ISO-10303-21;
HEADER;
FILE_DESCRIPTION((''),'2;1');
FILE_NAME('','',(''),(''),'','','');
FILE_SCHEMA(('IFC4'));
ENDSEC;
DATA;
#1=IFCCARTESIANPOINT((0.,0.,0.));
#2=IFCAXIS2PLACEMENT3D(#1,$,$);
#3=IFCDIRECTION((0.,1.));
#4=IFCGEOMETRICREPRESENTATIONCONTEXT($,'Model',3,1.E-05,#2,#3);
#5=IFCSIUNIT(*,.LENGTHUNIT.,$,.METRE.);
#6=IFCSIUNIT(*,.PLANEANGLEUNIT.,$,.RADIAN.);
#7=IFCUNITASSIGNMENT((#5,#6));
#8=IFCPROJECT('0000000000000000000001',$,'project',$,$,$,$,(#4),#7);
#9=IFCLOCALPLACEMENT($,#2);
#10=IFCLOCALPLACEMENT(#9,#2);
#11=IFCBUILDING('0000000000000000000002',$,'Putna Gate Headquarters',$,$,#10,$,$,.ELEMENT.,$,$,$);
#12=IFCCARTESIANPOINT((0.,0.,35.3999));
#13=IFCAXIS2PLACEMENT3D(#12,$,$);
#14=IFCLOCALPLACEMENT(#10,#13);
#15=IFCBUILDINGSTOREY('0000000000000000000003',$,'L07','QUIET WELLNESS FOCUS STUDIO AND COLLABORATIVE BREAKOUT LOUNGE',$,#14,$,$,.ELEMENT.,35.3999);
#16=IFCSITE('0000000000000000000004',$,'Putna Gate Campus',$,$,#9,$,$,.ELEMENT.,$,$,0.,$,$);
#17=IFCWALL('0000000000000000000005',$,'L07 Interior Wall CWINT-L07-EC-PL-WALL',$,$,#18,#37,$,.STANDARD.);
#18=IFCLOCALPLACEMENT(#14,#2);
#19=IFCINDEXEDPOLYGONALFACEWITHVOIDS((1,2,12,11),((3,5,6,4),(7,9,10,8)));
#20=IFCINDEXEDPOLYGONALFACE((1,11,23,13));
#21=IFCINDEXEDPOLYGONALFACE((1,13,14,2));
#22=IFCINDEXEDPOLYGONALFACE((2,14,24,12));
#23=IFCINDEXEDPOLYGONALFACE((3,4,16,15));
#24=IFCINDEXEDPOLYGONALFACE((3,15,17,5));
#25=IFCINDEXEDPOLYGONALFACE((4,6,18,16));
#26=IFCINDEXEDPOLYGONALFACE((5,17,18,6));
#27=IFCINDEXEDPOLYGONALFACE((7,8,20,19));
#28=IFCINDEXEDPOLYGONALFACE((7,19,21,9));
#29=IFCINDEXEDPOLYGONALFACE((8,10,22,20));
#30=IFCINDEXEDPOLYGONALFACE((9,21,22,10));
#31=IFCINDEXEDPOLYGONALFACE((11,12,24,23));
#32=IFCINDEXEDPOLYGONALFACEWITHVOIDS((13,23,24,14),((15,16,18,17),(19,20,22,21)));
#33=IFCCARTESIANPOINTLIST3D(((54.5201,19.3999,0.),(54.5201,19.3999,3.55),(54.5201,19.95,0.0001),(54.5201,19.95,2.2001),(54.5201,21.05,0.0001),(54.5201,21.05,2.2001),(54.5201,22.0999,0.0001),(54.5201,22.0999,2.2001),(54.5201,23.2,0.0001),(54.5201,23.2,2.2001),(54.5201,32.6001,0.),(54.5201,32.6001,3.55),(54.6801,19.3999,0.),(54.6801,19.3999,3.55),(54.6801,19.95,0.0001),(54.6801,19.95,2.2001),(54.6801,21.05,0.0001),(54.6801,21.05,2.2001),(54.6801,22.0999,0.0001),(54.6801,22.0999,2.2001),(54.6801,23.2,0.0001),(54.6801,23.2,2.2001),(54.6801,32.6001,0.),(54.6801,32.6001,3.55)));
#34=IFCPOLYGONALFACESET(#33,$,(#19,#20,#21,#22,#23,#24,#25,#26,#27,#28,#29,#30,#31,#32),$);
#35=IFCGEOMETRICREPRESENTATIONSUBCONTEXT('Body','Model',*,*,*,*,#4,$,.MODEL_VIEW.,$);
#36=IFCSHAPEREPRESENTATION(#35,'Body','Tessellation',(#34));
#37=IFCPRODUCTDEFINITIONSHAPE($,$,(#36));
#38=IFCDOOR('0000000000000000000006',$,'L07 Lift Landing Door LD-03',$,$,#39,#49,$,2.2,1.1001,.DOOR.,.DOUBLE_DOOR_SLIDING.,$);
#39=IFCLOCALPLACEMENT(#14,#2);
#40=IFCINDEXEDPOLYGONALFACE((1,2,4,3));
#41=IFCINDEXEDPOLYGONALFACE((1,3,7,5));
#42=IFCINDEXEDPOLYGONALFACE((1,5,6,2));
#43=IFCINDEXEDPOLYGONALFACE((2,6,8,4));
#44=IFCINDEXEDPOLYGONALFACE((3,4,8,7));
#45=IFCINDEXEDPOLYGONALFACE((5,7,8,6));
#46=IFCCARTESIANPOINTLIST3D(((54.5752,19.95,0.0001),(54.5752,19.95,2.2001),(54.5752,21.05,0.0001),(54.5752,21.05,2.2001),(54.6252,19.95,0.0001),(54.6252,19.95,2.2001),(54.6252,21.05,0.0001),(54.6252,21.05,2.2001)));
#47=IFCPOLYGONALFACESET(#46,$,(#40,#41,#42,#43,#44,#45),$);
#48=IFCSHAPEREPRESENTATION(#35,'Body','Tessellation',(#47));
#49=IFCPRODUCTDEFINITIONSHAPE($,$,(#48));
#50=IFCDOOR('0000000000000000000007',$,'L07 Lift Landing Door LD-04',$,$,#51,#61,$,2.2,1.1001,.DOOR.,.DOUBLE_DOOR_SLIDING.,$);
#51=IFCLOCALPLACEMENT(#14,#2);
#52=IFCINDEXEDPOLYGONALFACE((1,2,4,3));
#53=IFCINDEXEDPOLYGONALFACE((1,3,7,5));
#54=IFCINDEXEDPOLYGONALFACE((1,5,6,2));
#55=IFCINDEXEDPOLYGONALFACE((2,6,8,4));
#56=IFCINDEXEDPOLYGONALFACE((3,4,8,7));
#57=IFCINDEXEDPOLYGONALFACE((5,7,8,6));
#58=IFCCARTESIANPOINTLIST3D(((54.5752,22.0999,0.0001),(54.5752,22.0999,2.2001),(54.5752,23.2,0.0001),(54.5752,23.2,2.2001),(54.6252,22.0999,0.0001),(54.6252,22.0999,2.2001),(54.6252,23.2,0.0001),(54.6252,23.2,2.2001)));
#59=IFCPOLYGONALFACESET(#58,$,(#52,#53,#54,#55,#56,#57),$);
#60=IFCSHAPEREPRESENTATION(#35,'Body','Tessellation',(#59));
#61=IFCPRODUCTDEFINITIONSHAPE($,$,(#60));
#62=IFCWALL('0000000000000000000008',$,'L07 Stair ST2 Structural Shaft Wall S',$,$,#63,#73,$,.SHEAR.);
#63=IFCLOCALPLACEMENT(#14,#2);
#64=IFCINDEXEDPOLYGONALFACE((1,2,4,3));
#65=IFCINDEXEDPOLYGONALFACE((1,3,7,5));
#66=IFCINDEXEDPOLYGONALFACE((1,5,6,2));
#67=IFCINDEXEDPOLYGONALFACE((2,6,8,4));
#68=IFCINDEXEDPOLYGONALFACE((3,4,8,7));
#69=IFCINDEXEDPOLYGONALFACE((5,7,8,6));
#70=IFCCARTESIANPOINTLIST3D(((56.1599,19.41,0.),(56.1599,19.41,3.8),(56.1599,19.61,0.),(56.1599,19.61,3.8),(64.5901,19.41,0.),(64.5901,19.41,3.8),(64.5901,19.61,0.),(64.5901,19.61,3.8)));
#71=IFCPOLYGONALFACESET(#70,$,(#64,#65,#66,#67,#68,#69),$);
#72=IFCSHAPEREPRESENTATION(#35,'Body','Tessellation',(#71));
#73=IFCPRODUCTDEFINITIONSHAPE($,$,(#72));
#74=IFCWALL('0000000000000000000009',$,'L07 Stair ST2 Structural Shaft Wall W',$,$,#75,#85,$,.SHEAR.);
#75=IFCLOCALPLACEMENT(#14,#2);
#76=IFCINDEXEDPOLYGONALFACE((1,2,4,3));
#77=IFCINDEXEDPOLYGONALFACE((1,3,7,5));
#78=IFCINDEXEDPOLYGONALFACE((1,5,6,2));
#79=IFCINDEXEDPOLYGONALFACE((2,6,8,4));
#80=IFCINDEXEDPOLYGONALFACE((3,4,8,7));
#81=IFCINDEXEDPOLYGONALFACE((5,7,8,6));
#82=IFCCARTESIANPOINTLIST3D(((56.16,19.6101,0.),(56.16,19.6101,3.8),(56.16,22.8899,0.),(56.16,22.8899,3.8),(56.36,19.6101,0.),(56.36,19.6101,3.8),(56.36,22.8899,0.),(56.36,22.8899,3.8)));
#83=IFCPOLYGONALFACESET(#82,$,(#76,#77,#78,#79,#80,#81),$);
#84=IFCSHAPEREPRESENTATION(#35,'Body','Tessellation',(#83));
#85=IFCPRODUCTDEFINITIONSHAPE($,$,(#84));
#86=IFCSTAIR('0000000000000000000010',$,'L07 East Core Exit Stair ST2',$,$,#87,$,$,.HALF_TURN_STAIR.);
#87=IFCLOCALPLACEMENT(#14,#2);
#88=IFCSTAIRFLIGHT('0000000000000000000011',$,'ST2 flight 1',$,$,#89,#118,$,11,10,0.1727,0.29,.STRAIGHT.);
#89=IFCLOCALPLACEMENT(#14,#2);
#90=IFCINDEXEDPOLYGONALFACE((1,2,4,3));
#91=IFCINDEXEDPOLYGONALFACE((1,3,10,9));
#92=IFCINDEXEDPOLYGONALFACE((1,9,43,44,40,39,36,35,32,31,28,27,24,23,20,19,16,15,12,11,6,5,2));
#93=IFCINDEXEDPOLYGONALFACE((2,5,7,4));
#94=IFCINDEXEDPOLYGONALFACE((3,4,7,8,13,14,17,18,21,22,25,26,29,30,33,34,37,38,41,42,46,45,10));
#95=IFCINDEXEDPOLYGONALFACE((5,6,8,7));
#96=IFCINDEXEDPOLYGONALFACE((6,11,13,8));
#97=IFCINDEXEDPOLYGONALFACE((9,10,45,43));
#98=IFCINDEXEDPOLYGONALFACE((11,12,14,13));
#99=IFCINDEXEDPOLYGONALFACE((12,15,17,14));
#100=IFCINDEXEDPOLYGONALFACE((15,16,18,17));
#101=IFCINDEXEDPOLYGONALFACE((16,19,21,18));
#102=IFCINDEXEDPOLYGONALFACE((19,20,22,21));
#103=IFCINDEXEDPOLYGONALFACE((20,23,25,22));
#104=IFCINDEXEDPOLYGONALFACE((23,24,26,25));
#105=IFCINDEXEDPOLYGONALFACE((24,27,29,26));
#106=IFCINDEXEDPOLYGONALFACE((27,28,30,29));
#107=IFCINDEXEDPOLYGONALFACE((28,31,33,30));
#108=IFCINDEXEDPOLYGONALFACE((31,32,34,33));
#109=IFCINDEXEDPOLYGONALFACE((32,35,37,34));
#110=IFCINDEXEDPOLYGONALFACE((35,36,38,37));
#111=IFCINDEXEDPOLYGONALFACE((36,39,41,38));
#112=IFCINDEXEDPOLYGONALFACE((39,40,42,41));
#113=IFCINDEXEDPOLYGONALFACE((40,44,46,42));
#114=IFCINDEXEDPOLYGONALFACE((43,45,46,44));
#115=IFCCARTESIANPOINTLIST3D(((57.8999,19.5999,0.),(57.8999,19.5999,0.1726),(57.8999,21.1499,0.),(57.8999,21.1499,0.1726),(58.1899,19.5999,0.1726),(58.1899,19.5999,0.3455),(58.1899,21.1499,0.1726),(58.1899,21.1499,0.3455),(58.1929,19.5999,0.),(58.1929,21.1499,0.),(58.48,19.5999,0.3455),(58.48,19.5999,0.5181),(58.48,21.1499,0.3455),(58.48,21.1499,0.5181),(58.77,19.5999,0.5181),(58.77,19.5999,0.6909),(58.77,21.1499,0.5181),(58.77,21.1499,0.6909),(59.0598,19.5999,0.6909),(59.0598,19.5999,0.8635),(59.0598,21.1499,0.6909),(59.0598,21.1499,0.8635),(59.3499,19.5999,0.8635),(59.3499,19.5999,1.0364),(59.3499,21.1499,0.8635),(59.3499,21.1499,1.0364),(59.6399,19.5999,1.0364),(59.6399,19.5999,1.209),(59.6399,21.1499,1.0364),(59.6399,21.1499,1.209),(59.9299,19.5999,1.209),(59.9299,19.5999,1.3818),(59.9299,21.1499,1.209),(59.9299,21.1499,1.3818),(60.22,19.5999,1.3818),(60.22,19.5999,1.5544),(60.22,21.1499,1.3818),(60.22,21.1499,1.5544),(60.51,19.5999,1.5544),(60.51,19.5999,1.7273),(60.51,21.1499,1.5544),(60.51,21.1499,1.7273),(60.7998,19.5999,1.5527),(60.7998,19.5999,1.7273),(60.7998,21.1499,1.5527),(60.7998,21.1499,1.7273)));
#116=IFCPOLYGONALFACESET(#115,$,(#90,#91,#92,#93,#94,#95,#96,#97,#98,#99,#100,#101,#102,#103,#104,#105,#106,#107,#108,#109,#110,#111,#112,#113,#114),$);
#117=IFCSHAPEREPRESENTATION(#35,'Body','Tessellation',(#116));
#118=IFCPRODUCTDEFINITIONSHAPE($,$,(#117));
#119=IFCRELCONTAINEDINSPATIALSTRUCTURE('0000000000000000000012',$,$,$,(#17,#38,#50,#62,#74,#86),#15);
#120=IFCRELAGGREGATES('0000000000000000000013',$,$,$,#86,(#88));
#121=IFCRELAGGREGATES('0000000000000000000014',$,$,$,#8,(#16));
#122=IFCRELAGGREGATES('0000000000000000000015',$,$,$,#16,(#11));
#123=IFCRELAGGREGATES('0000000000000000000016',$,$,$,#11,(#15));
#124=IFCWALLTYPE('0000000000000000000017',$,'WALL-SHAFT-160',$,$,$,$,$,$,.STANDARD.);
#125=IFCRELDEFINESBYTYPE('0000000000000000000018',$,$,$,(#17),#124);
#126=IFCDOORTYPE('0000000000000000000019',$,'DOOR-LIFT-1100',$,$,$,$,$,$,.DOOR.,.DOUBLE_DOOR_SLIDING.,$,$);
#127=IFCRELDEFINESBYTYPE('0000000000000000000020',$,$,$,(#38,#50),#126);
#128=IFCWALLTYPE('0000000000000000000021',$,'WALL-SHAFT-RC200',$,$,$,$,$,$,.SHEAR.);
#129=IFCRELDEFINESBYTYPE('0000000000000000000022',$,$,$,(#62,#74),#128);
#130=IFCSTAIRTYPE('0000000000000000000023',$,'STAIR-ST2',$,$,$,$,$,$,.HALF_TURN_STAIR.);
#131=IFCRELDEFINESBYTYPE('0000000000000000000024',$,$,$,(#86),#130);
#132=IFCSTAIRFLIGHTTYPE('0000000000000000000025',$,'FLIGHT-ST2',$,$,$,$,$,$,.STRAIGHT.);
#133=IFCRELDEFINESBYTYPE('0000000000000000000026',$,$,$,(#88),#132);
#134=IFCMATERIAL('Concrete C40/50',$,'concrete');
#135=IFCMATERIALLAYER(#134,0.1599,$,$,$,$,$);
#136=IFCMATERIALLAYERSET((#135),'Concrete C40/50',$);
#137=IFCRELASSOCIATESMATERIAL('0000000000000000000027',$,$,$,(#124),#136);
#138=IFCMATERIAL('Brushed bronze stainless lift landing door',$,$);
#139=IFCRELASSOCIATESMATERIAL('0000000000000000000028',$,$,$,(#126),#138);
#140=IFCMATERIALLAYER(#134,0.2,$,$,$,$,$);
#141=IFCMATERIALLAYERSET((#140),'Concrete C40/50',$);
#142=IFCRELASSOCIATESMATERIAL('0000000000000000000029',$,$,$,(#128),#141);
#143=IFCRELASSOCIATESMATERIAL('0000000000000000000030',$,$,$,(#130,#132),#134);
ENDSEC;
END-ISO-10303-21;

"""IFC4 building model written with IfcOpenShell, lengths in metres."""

from ifc_helpers import new_model, si_unit, direction, frame, frame_2d, origin, place, context, subcontext, project, spatial, polyline, rectangle, outline, extrude, material, layer, layer_set, type_object, element, fill, aggregate, save


model = new_model("IFC4")

# Units and contexts
model_context = context("Model", 3, precision=1e-05, world=origin(), true_north=direction((0.0, 1.0)))
body_context = subcontext(model_context, "Body", "Model", "MODEL_VIEW")
ifc_project = project(units=[si_unit("LENGTHUNIT", "METRE"), si_unit("PLANEANGLEUNIT", "RADIAN")], contexts=[model_context])

# Site, building, storey
site_placement = place(None, origin())
site = spatial("IfcSite", under=ifc_project, at=site_placement, Name="Putna Gate Campus", CompositionType="ELEMENT", RefElevation=0.0)
building_placement = place(site_placement, origin())
building = spatial("IfcBuilding", under=site, at=building_placement, Name="Putna Gate Headquarters", CompositionType="ELEMENT")
storey_placement = place(building_placement, frame((0.0, 0.0, 35.3999)))
storey = spatial("IfcBuildingStorey", under=building, at=storey_placement, Name="L07", Description="QUIET WELLNESS FOCUS STUDIO AND COLLABORATIVE BREAKOUT LOUNGE", CompositionType="ELEMENT", Elevation=35.3999)

# Wall, openings, doors
ifc_material_1 = material(Name="Concrete C40/50", Category="concrete")
ifc_layer_1 = layer(ifc_material_1, 0.1599)
ifc_layer_set_1 = layer_set([ifc_layer_1], Name="Concrete C40/50")
wall_type_1 = type_object("IfcWallType", Name="WALL-SHAFT-160", PredefinedType="STANDARD", material=ifc_layer_set_1)
wall_1_placement = place(storey_placement, frame((54.6001, 19.3999, 0.0), z_axis=(0.0, 0.0, 1.0), x_axis=(0.0, 1.0, 0.0)))
wall_1 = element("IfcWall", 1, at=wall_1_placement, inside=storey, type_object=wall_type_1, Name="L07 Interior Wall CWINT-L07-EC-PL-WALL", PredefinedType="STANDARD", context=body_context, shape_type="SweptSolid", body=[
    extrude(rectangle(XDim=13.2002, YDim=0.1599, at=frame_2d((6.6001, 0.0))), origin(), (0.0, 0.0, 1.0), 3.55),
])
opening_1_placement = place(wall_1_placement, frame((0.55, 0.0, 0.0)))
opening_1 = element("IfcOpeningElement", 2, at=opening_1_placement, cuts=wall_1, PredefinedType="OPENING", context=body_context, shape_type="SweptSolid", body=[
    extrude(rectangle(XDim=1.1001, YDim=2.2, at=frame_2d((0.55, 1.1001))), frame((0.0, 0.0898, 0.0), z_axis=(0.0, -1.0, 0.0), x_axis=(1.0, 0.0, 0.0)), (0.0, 0.0, 1.0), 0.1799),
])
opening_2_placement = place(wall_1_placement, frame((2.7, 0.0, 0.0)))
opening_2 = element("IfcOpeningElement", 3, at=opening_2_placement, cuts=wall_1, PredefinedType="OPENING", context=body_context, shape_type="SweptSolid", body=[
    extrude(rectangle(XDim=1.1001, YDim=2.2, at=frame_2d((0.55, 1.1001))), frame((0.0, 0.0898, 0.0), z_axis=(0.0, -1.0, 0.0), x_axis=(1.0, 0.0, 0.0)), (0.0, 0.0, 1.0), 0.1799),
])
ifc_material_2 = material(Name="Brushed bronze stainless lift landing door")
door_type_1 = type_object("IfcDoorType", Name="DOOR-LIFT-1100", OperationType="DOUBLE_DOOR_SLIDING", PredefinedType="DOOR", material=ifc_material_2)
door_1_placement = place(opening_1_placement, origin())
door_1 = element("IfcDoor", 4, at=door_1_placement, inside=storey, type_object=door_type_1, Name="L07 Lift Landing Door LD-03", OperationType="DOUBLE_DOOR_SLIDING", OverallHeight=2.2, OverallWidth=1.1001, PredefinedType="DOOR", context=body_context, shape_type="SweptSolid", body=[
    extrude(rectangle(XDim=1.1001, YDim=2.2, at=frame_2d((0.55, 1.1001))), frame((0.0, 0.0249, 0.0), z_axis=(0.0, -1.0, 0.0), x_axis=(1.0, 0.0, 0.0)), (0.0, 0.0, 1.0), 0.05),
])
fill(opening_1, door_1)
door_2_placement = place(opening_2_placement, origin())
door_2 = element("IfcDoor", 5, at=door_2_placement, inside=storey, type_object=door_type_1, Name="L07 Lift Landing Door LD-04", OperationType="DOUBLE_DOOR_SLIDING", OverallHeight=2.2, OverallWidth=1.1001, PredefinedType="DOOR", context=body_context, shape_type="SweptSolid", body=[
    extrude(rectangle(XDim=1.1001, YDim=2.2, at=frame_2d((0.55, 1.1001))), frame((0.0, 0.0249, 0.0), z_axis=(0.0, -1.0, 0.0), x_axis=(1.0, 0.0, 0.0)), (0.0, 0.0, 1.0), 0.05),
])
fill(opening_2, door_2)

# Walls
ifc_layer_2 = layer(ifc_material_1, 0.2)
ifc_layer_set_2 = layer_set([ifc_layer_2], Name="Concrete C40/50")
wall_type_2 = type_object("IfcWallType", Name="WALL-SHAFT-RC200", PredefinedType="SHEAR", material=ifc_layer_set_2)
wall_2_placement = place(storey_placement, frame((56.1599, 19.51, 0.0), z_axis=(0.0, 0.0, 1.0), x_axis=(1.0, 0.0, 0.0)))
element("IfcWall", 6, at=wall_2_placement, inside=storey, type_object=wall_type_2, Name="L07 Stair ST2 Structural Shaft Wall S", PredefinedType="SHEAR", context=body_context, shape_type="SweptSolid", body=[
    extrude(rectangle(XDim=8.4302, YDim=0.2, at=frame_2d((4.2151, 0.0))), origin(), (0.0, 0.0, 1.0), 3.8),
])
wall_3_placement = place(storey_placement, frame((56.26, 19.6101, 0.0), z_axis=(0.0, 0.0, 1.0), x_axis=(0.0, 1.0, 0.0)))
element("IfcWall", 7, at=wall_3_placement, inside=storey, type_object=wall_type_2, Name="L07 Stair ST2 Structural Shaft Wall W", PredefinedType="SHEAR", context=body_context, shape_type="SweptSolid", body=[
    extrude(rectangle(XDim=3.2798, YDim=0.2, at=frame_2d((1.6399, 0.0))), origin(), (0.0, 0.0, 1.0), 3.8),
])

# Stair, stair flight
stair_type = type_object("IfcStairType", Name="STAIR-ST2", PredefinedType="HALF_TURN_STAIR", material=ifc_material_1)
stair_placement = place(storey_placement, origin())
stair = element("IfcStair", 8, at=stair_placement, inside=storey, type_object=stair_type, Name="L07 East Core Exit Stair ST2", PredefinedType="HALF_TURN_STAIR")
stair_flight_type = type_object("IfcStairFlightType", Name="FLIGHT-ST2", PredefinedType="STRAIGHT", material=ifc_material_1)
stair_flight_placement = place(storey_placement, frame((57.8999, 20.375, 0.0), z_axis=(0.0, 0.0, 1.0), x_axis=(1.0, 0.0, 0.0)))
stair_flight = element("IfcStairFlight", 9, at=stair_flight_placement, type_object=stair_flight_type, Name="ST2 flight 1", NumberOfRisers=11, NumberOfTreads=10, PredefinedType="STRAIGHT", RiserHeight=0.1727, TreadLength=0.29, context=body_context, shape_type="SweptSolid", body=[
    extrude(outline(polyline([(0.0, 0.0), (0.0, 0.1726), (0.29, 0.1726), (0.29, 0.3455), (0.5801, 0.3455), (0.5801, 0.5181), (0.8701, 0.5181), (0.8701, 0.6909), (1.1599, 0.6909), (1.1599, 0.8635), (1.45, 0.8635), (1.45, 1.0364), (1.74, 1.0364), (1.74, 1.209), (2.03, 1.209), (2.03, 1.3818), (2.3201, 1.3818), (2.3201, 1.5544), (2.6101, 1.5544), (2.6101, 1.7273), (2.8999, 1.7273), (2.8999, 1.8999), (2.8999, 1.5527), (0.293, 0.0), (0.0, 0.0)])), frame((0.0, 0.7749, 0.0), z_axis=(0.0, -1.0, 0.0), x_axis=(1.0, 0.0, 0.0)), (0.0, 0.0, 1.0), 1.55),
])
aggregate(stair, [stair_flight])

save(model, "model.ifc")
